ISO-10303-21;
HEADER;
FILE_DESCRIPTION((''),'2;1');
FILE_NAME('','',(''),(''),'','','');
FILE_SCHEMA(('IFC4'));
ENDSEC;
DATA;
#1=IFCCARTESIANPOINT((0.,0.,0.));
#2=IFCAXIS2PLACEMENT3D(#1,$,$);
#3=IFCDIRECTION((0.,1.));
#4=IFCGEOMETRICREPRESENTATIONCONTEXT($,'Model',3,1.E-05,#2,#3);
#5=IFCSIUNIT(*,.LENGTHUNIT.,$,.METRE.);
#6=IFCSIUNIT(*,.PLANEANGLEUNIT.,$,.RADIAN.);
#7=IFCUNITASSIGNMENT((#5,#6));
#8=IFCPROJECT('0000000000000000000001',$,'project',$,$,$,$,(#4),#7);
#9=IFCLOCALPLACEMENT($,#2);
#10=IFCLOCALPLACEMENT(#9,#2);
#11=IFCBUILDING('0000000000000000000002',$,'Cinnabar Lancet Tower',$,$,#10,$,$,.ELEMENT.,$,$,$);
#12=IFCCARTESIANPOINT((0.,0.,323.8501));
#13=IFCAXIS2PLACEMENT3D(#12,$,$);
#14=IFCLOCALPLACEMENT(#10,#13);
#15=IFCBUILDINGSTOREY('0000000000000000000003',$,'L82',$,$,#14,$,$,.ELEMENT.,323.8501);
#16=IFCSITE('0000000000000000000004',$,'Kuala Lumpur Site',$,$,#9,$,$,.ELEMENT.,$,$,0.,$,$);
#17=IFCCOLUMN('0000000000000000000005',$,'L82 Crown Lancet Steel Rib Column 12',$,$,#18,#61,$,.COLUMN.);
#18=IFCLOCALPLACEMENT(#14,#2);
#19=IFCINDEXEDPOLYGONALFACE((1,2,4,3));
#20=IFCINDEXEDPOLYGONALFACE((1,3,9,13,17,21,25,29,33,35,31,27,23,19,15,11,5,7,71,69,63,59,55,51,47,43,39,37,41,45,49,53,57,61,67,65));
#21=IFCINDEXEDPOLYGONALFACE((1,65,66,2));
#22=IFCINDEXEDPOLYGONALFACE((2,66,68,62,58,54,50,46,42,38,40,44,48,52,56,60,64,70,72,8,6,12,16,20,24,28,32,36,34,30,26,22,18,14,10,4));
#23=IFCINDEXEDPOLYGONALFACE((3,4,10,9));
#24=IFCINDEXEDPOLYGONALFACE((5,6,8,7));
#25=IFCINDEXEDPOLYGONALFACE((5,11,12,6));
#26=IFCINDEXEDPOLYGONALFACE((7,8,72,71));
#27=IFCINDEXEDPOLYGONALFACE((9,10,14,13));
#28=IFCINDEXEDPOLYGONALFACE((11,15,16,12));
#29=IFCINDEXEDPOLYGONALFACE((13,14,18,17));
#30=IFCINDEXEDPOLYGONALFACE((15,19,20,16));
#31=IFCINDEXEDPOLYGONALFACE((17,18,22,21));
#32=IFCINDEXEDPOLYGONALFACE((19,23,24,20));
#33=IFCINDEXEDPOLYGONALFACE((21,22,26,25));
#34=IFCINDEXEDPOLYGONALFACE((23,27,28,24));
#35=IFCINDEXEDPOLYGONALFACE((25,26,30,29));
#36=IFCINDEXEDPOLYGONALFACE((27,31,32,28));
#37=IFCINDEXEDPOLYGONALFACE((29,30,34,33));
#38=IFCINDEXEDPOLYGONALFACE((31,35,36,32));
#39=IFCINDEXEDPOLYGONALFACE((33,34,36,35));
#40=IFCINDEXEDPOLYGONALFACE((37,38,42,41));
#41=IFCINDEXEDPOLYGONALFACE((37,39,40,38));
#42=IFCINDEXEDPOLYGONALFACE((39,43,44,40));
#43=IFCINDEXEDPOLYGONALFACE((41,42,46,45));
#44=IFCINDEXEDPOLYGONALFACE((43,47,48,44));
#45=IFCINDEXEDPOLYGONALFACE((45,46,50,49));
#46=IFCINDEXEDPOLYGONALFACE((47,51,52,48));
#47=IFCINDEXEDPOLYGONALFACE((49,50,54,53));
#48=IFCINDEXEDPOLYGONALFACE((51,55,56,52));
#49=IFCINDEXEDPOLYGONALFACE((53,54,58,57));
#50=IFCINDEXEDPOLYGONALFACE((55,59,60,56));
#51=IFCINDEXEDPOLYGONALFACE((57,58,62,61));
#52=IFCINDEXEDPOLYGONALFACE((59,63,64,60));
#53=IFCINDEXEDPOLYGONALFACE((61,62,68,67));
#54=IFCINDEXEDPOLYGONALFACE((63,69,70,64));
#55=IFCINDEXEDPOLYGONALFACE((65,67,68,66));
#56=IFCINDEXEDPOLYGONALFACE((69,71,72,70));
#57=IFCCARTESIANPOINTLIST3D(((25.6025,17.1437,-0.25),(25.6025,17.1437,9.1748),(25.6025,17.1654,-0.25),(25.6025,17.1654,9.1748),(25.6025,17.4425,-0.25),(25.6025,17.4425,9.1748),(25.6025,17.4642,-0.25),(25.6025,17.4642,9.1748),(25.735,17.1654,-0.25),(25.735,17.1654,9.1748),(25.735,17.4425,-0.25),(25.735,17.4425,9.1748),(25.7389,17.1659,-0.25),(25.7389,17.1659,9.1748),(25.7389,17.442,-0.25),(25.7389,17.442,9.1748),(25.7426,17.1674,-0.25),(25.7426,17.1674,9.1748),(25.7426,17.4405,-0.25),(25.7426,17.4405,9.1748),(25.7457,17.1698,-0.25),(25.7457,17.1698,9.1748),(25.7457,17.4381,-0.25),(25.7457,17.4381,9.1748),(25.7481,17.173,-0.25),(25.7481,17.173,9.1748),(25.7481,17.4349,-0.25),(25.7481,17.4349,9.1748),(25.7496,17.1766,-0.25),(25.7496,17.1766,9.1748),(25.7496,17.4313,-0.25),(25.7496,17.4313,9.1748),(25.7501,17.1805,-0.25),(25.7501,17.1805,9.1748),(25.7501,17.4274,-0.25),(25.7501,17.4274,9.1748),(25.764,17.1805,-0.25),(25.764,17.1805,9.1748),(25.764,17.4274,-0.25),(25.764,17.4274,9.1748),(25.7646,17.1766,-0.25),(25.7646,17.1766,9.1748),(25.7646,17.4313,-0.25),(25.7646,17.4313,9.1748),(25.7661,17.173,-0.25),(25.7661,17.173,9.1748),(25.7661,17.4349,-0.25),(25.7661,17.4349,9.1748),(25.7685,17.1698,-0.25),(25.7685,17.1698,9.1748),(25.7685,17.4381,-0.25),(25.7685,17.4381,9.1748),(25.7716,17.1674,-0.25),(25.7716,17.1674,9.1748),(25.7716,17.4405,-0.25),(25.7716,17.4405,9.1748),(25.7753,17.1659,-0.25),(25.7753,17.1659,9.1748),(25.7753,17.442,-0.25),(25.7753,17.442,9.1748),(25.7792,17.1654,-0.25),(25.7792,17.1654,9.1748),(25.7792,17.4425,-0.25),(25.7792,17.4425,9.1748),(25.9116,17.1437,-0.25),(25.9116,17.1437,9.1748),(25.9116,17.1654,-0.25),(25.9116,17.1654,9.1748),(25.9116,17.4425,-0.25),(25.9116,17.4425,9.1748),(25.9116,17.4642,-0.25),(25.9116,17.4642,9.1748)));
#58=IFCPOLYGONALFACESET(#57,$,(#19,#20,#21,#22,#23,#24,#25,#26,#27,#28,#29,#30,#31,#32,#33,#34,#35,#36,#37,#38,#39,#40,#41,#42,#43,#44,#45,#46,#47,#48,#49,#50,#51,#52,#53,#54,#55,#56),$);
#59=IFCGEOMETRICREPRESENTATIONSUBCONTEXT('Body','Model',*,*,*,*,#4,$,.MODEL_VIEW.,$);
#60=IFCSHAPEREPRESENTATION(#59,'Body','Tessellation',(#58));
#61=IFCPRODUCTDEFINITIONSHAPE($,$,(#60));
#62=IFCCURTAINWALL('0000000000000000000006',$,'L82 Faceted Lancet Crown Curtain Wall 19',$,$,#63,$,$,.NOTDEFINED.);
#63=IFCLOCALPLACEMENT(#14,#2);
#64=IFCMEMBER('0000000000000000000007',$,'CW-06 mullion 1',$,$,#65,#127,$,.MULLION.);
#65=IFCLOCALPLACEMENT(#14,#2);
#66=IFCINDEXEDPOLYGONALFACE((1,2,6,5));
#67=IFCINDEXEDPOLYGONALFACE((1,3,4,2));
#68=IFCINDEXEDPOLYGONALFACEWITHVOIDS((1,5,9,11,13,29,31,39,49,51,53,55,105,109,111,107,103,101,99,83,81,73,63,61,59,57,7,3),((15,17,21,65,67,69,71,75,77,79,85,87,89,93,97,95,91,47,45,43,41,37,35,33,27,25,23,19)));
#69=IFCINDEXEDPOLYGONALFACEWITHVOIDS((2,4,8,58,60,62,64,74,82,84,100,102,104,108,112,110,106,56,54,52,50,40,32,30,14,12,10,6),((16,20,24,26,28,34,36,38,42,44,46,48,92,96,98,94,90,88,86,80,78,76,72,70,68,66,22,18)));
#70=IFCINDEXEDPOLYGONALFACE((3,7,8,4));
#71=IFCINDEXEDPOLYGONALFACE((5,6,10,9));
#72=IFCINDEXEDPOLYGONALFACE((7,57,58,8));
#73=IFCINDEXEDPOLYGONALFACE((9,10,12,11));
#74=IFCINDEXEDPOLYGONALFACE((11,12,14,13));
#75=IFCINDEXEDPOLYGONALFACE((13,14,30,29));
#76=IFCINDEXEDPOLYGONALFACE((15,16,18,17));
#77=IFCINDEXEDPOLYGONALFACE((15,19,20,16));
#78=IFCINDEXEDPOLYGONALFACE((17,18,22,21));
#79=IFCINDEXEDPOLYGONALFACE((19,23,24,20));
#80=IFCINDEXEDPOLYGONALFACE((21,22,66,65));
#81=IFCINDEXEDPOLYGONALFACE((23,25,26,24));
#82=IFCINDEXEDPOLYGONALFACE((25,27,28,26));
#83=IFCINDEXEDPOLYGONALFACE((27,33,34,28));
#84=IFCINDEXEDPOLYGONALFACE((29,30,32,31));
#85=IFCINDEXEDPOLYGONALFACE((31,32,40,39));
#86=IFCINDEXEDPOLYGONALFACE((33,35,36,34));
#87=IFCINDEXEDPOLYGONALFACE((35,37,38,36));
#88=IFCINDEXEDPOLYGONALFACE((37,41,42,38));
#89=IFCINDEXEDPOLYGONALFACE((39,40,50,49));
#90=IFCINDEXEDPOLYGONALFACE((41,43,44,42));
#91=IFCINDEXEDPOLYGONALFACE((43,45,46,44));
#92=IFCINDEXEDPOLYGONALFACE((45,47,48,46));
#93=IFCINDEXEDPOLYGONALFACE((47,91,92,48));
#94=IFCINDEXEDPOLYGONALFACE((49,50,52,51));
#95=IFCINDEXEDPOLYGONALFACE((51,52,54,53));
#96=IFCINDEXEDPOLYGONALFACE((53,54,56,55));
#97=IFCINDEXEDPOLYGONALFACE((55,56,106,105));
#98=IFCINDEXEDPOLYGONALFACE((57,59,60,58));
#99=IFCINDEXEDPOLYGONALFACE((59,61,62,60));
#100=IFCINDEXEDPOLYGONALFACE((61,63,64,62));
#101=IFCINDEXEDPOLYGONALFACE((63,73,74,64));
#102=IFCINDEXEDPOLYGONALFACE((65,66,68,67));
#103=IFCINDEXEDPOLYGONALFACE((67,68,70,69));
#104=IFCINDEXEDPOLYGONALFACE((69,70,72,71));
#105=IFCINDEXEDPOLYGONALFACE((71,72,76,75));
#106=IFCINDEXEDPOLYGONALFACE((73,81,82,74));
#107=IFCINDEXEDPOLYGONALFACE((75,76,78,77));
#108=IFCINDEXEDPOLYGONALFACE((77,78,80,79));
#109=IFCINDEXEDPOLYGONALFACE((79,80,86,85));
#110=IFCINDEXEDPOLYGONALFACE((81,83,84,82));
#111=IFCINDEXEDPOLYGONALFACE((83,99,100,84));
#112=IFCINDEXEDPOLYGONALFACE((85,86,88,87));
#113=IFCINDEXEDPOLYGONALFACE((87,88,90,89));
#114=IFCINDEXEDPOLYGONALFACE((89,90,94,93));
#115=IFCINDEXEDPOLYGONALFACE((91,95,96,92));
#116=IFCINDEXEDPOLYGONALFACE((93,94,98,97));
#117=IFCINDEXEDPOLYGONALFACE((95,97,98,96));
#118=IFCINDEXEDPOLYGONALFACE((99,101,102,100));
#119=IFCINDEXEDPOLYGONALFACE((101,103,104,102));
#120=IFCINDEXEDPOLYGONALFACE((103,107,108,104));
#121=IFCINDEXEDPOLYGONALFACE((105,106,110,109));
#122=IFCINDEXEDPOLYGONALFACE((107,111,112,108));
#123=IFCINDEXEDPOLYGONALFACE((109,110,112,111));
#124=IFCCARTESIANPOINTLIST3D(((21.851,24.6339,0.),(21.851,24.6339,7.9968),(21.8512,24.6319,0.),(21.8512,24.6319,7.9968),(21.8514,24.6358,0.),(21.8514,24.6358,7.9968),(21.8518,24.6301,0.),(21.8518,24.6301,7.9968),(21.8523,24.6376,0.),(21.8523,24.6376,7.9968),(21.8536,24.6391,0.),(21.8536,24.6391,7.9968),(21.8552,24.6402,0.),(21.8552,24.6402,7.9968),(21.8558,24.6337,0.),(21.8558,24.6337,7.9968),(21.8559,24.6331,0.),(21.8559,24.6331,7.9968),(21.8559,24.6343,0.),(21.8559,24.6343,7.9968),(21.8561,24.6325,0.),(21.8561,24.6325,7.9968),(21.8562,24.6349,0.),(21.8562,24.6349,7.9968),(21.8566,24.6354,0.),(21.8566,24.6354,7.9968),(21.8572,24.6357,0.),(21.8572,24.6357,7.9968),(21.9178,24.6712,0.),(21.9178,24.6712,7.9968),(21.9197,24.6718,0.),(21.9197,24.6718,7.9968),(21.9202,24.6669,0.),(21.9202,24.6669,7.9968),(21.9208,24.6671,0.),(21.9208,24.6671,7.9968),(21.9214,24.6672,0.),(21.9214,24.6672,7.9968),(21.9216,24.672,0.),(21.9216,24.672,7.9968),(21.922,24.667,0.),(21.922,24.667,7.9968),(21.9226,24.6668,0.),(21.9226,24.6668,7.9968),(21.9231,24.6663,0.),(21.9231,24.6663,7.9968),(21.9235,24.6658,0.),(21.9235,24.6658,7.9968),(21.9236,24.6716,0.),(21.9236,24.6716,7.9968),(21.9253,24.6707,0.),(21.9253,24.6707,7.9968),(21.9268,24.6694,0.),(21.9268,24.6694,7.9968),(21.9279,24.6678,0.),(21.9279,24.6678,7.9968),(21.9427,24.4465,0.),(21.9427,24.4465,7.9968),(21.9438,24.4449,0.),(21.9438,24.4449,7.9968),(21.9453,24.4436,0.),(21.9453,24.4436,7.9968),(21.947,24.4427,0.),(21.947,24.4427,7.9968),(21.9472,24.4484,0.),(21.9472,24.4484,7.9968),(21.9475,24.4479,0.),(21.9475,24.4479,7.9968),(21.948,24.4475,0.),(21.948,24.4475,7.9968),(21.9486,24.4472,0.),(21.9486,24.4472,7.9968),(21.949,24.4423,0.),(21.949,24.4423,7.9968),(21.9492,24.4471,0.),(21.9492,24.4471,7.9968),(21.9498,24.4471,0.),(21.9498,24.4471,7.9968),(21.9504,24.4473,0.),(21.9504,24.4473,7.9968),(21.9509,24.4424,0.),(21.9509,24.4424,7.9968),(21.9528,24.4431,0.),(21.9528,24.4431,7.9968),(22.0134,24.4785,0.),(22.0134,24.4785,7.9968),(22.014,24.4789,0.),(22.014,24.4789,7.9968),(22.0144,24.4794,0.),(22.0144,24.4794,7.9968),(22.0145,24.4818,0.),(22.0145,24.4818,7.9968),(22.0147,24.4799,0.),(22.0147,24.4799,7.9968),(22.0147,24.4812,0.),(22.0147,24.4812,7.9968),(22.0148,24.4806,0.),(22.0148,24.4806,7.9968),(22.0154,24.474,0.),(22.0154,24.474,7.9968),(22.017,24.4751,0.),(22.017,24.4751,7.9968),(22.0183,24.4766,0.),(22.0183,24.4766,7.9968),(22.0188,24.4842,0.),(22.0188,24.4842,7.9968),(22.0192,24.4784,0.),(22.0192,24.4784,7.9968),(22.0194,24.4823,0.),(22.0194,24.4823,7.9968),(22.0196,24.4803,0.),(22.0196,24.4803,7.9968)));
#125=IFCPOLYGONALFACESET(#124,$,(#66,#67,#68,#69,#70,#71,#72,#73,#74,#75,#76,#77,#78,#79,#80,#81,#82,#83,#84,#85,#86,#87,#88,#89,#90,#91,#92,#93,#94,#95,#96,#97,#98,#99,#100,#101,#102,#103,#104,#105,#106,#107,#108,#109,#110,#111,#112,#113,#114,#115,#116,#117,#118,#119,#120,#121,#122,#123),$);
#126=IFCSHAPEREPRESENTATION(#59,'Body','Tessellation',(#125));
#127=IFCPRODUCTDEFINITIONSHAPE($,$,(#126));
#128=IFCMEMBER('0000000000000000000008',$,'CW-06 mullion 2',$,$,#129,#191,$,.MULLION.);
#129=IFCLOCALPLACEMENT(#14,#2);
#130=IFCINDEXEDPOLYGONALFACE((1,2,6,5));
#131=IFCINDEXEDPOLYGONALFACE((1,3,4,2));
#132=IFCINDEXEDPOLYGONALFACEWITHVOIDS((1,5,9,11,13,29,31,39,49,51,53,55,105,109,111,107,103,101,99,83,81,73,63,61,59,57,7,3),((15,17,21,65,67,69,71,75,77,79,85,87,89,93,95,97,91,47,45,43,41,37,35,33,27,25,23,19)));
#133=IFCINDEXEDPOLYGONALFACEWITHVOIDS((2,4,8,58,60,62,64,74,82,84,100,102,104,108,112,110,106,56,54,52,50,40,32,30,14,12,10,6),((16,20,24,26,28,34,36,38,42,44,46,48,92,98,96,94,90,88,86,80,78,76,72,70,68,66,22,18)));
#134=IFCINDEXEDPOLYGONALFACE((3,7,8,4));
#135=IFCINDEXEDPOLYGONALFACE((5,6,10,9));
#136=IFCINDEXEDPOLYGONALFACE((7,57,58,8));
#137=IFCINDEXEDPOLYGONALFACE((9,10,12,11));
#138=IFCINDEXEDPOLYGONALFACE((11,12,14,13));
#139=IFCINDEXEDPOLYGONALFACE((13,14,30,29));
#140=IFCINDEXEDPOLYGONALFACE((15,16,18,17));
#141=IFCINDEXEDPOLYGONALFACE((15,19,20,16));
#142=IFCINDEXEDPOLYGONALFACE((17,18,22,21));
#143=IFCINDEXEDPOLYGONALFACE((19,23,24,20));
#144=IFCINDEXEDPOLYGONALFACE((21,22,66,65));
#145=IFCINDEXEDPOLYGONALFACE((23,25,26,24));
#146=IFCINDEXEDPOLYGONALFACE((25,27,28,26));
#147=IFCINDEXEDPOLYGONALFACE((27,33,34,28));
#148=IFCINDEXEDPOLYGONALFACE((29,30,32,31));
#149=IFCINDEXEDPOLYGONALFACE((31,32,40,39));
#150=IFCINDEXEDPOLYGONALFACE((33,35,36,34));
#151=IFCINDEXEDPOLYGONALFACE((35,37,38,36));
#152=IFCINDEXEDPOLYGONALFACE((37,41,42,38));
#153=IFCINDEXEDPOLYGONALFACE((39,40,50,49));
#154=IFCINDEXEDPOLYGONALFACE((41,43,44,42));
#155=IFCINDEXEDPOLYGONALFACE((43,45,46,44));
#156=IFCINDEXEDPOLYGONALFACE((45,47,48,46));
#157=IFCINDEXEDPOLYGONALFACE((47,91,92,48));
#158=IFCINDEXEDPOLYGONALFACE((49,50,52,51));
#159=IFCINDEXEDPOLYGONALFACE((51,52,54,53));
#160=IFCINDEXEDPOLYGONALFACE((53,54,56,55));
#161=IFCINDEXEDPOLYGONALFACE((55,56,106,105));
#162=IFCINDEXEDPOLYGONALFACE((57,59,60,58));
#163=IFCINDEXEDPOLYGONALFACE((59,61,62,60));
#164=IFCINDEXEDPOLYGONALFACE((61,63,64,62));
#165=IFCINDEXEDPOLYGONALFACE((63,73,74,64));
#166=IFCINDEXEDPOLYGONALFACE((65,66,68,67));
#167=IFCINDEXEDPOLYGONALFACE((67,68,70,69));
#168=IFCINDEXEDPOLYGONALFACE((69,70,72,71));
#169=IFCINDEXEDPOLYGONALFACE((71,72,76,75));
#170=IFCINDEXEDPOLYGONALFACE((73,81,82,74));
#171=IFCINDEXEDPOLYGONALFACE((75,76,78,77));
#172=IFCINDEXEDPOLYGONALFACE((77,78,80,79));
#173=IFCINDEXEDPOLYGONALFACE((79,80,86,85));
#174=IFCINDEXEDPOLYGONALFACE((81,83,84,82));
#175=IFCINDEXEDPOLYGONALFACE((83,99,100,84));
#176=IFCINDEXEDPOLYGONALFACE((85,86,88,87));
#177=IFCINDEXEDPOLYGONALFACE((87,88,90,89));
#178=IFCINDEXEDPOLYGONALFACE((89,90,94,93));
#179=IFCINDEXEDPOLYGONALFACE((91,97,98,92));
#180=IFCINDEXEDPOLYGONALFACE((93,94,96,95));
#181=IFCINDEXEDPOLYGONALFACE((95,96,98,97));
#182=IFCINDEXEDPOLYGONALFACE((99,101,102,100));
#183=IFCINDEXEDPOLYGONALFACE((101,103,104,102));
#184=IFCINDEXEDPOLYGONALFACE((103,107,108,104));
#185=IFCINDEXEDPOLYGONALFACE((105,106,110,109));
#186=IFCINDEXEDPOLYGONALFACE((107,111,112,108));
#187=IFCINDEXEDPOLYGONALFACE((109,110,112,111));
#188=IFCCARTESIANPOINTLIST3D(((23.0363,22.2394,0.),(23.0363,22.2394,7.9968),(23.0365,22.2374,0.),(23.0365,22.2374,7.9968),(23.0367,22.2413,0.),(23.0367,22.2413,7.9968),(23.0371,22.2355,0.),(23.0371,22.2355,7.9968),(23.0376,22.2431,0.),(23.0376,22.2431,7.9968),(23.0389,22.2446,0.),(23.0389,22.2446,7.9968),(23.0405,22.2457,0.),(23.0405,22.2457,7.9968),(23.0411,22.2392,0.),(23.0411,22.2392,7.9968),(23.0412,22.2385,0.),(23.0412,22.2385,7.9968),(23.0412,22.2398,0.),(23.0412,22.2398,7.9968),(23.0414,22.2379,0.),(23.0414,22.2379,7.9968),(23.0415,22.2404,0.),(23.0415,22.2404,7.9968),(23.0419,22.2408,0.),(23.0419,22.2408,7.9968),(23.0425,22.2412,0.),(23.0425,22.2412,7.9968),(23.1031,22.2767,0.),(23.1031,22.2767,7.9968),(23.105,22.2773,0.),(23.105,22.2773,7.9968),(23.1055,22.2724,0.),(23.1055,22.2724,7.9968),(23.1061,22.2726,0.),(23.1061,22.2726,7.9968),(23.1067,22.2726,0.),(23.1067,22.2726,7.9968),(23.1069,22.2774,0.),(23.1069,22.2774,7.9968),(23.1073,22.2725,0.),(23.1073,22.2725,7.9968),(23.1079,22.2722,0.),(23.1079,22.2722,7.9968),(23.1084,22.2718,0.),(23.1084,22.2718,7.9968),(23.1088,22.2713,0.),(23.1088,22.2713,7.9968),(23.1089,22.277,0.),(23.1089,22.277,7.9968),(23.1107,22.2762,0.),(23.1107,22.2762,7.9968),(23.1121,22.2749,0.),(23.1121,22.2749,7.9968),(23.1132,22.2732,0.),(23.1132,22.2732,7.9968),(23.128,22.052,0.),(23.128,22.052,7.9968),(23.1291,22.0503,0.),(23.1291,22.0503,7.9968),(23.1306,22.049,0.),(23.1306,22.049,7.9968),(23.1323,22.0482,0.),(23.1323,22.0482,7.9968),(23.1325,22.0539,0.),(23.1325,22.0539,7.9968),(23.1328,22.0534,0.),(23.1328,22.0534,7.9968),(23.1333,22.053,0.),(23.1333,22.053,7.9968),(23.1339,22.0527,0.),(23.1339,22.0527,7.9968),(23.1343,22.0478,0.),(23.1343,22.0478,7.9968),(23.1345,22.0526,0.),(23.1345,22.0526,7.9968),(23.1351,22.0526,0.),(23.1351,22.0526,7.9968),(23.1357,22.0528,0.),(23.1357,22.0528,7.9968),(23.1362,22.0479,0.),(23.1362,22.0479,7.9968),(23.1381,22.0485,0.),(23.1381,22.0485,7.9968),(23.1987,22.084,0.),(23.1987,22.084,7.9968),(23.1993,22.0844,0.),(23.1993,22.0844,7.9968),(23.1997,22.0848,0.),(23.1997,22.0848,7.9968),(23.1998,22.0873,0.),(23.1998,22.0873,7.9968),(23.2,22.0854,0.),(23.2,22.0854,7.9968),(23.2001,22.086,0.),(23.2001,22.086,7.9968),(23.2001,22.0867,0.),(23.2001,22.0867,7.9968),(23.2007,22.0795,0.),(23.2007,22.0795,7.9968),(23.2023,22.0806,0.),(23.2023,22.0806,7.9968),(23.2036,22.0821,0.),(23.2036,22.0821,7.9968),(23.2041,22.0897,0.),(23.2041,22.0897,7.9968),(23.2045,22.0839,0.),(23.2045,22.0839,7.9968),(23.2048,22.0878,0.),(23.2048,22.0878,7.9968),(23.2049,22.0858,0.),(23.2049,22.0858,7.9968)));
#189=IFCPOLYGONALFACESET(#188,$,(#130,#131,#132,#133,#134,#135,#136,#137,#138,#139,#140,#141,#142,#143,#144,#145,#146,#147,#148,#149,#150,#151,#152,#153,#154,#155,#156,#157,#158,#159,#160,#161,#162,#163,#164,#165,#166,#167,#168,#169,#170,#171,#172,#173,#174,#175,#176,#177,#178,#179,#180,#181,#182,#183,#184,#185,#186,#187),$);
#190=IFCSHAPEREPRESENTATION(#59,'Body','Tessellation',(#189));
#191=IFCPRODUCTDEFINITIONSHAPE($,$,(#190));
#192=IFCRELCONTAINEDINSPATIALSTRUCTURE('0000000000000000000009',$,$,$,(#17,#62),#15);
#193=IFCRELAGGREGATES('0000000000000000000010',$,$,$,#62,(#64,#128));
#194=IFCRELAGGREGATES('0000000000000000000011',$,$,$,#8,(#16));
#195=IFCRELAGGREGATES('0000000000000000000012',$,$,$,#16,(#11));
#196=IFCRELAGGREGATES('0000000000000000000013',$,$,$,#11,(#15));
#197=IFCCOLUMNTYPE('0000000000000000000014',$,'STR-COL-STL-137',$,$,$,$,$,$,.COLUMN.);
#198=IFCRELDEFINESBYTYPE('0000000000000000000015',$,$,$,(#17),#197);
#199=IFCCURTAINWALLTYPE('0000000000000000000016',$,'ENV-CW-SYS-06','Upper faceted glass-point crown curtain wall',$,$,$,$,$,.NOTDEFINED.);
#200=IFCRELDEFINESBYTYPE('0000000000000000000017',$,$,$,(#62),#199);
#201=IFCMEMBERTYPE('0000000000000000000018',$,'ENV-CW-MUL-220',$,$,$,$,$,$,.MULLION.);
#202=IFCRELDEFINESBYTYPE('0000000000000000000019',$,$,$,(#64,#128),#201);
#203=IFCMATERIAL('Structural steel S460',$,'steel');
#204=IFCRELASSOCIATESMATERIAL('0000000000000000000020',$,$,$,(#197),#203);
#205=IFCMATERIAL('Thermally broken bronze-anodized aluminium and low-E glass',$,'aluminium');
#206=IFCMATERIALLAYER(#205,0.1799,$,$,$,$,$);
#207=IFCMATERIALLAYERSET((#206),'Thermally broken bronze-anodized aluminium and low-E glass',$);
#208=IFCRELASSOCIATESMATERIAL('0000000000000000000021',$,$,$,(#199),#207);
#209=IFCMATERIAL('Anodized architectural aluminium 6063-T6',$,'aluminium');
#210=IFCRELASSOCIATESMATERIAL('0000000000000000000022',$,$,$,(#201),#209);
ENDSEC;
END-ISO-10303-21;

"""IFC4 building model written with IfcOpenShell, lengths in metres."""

from ifc_helpers import new_model, si_unit, direction, frame, origin, origin_2d, place, context, subcontext, project, spatial, hollow_rectangle, i_section, extrude, material, layer, layer_set, material_profile, profile_set, type_object, element, aggregate, save


model = new_model("IFC4")

# Units and contexts
model_context = context("Model", 3, precision=1e-05, world=origin(), true_north=direction((0.0, 1.0)))
body_context = subcontext(model_context, "Body", "Model", "MODEL_VIEW")
ifc_project = project(units=[si_unit("LENGTHUNIT", "METRE"), si_unit("PLANEANGLEUNIT", "RADIAN")], contexts=[model_context])

# Site, building, storey
site_placement = place(None, origin())
site = spatial("IfcSite", under=ifc_project, at=site_placement, Name="Kuala Lumpur Site", CompositionType="ELEMENT", RefElevation=0.0)
building_placement = place(site_placement, origin())
building = spatial("IfcBuilding", under=site, at=building_placement, Name="Cinnabar Lancet Tower", CompositionType="ELEMENT")
storey_placement = place(building_placement, frame((0.0, 0.0, 323.8501)))
storey = spatial("IfcBuildingStorey", under=building, at=storey_placement, Name="L82", CompositionType="ELEMENT", Elevation=323.8501)

# Column
ifc_material_1 = material(Name="Structural steel S460", Category="steel")
ifc_material_profile_1 = material_profile(ifc_material_1, i_section(OverallWidth=0.3091, OverallDepth=0.3206, WebThickness=0.0139, FlangeThickness=0.0217, FilletRadius=0.0151, at=origin_2d()), Name="UKC 305x305x137")
ifc_profile_set_1 = profile_set([ifc_material_profile_1], Name="Structural steel S460")
column_type = type_object("IfcColumnType", Name="STR-COL-STL-137", PredefinedType="COLUMN", material=ifc_profile_set_1)
column_placement = place(storey_placement, frame((25.7571, 17.304, -0.25), z_axis=(0.0, 0.0, 1.0), x_axis=(1.0, 0.0, 0.0)))
element("IfcColumn", 1, at=column_placement, inside=storey, type_object=column_type, Name="L82 Crown Lancet Steel Rib Column 12", PredefinedType="COLUMN", context=body_context, shape_type="SweptSolid", body=[
    extrude(i_section(OverallWidth=0.3091, OverallDepth=0.3206, WebThickness=0.0139, FlangeThickness=0.0217, FilletRadius=0.0151, at=origin_2d()), origin(), (0.0, 0.0, 1.0), 9.4248),
])

# Curtain wall, members
ifc_material_2 = material(Name="Thermally broken bronze-anodized aluminium and low-E glass", Category="aluminium")
ifc_layer_1 = layer(ifc_material_2, 0.1799)
ifc_layer_set_1 = layer_set([ifc_layer_1], Name="Thermally broken bronze-anodized aluminium and low-E glass")
curtain_wall_type = type_object("IfcCurtainWallType", Name="ENV-CW-SYS-06", Description="Upper faceted glass-point crown curtain wall", PredefinedType="NOTDEFINED", material=ifc_layer_set_1)
curtain_wall_1_placement = place(storey_placement, origin())
curtain_wall_1 = element("IfcCurtainWall", 2, at=curtain_wall_1_placement, inside=storey, type_object=curtain_wall_type, Name="L82 Faceted Lancet Crown Curtain Wall 19", PredefinedType="NOTDEFINED")
ifc_material_3 = material(Name="Anodized architectural aluminium 6063-T6", Category="aluminium")
ifc_material_profile_2 = material_profile(ifc_material_3, hollow_rectangle(XDim=0.085, YDim=0.22, WallThickness=0.0049, InnerFilletRadius=0.0024, OuterFilletRadius=0.0076, at=origin_2d()), Name="CW-MUL 220x85x5")
ifc_profile_set_2 = profile_set([ifc_material_profile_2], Name="Anodized architectural aluminium 6063-T6")
member_type_1 = type_object("IfcMemberType", Name="ENV-CW-MUL-220", PredefinedType="MULLION", material=ifc_profile_set_2)
member_1_placement = place(storey_placement, frame((21.9353, 24.5571, 0.0), z_axis=(0.0, 0.0, 1.0), x_axis=(0.896197, 0.443657, 0.0)))
member_1 = element("IfcMember", 3, at=member_1_placement, type_object=member_type_1, Name="CW-06 mullion 1", PredefinedType="MULLION", context=body_context, shape_type="SweptSolid", body=[
    extrude(hollow_rectangle(XDim=0.085, YDim=0.22, WallThickness=0.0049, InnerFilletRadius=0.0024, OuterFilletRadius=0.0076, at=origin_2d()), origin(), (0.0, 0.0, 1.0), 7.9968),
])
member_2_placement = place(storey_placement, frame((23.1206, 22.1626, 0.0), z_axis=(0.0, 0.0, 1.0), x_axis=(0.896197, 0.443657, 0.0)))
member_2 = element("IfcMember", 4, at=member_2_placement, type_object=member_type_1, Name="CW-06 mullion 2", PredefinedType="MULLION", context=body_context, shape_type="SweptSolid", body=[
    extrude(hollow_rectangle(XDim=0.085, YDim=0.22, WallThickness=0.0049, InnerFilletRadius=0.0024, OuterFilletRadius=0.0076, at=origin_2d()), origin(), (0.0, 0.0, 1.0), 7.9968),
])

aggregate(curtain_wall_1, [member_1, member_2])

save(model, "model.ifc")
